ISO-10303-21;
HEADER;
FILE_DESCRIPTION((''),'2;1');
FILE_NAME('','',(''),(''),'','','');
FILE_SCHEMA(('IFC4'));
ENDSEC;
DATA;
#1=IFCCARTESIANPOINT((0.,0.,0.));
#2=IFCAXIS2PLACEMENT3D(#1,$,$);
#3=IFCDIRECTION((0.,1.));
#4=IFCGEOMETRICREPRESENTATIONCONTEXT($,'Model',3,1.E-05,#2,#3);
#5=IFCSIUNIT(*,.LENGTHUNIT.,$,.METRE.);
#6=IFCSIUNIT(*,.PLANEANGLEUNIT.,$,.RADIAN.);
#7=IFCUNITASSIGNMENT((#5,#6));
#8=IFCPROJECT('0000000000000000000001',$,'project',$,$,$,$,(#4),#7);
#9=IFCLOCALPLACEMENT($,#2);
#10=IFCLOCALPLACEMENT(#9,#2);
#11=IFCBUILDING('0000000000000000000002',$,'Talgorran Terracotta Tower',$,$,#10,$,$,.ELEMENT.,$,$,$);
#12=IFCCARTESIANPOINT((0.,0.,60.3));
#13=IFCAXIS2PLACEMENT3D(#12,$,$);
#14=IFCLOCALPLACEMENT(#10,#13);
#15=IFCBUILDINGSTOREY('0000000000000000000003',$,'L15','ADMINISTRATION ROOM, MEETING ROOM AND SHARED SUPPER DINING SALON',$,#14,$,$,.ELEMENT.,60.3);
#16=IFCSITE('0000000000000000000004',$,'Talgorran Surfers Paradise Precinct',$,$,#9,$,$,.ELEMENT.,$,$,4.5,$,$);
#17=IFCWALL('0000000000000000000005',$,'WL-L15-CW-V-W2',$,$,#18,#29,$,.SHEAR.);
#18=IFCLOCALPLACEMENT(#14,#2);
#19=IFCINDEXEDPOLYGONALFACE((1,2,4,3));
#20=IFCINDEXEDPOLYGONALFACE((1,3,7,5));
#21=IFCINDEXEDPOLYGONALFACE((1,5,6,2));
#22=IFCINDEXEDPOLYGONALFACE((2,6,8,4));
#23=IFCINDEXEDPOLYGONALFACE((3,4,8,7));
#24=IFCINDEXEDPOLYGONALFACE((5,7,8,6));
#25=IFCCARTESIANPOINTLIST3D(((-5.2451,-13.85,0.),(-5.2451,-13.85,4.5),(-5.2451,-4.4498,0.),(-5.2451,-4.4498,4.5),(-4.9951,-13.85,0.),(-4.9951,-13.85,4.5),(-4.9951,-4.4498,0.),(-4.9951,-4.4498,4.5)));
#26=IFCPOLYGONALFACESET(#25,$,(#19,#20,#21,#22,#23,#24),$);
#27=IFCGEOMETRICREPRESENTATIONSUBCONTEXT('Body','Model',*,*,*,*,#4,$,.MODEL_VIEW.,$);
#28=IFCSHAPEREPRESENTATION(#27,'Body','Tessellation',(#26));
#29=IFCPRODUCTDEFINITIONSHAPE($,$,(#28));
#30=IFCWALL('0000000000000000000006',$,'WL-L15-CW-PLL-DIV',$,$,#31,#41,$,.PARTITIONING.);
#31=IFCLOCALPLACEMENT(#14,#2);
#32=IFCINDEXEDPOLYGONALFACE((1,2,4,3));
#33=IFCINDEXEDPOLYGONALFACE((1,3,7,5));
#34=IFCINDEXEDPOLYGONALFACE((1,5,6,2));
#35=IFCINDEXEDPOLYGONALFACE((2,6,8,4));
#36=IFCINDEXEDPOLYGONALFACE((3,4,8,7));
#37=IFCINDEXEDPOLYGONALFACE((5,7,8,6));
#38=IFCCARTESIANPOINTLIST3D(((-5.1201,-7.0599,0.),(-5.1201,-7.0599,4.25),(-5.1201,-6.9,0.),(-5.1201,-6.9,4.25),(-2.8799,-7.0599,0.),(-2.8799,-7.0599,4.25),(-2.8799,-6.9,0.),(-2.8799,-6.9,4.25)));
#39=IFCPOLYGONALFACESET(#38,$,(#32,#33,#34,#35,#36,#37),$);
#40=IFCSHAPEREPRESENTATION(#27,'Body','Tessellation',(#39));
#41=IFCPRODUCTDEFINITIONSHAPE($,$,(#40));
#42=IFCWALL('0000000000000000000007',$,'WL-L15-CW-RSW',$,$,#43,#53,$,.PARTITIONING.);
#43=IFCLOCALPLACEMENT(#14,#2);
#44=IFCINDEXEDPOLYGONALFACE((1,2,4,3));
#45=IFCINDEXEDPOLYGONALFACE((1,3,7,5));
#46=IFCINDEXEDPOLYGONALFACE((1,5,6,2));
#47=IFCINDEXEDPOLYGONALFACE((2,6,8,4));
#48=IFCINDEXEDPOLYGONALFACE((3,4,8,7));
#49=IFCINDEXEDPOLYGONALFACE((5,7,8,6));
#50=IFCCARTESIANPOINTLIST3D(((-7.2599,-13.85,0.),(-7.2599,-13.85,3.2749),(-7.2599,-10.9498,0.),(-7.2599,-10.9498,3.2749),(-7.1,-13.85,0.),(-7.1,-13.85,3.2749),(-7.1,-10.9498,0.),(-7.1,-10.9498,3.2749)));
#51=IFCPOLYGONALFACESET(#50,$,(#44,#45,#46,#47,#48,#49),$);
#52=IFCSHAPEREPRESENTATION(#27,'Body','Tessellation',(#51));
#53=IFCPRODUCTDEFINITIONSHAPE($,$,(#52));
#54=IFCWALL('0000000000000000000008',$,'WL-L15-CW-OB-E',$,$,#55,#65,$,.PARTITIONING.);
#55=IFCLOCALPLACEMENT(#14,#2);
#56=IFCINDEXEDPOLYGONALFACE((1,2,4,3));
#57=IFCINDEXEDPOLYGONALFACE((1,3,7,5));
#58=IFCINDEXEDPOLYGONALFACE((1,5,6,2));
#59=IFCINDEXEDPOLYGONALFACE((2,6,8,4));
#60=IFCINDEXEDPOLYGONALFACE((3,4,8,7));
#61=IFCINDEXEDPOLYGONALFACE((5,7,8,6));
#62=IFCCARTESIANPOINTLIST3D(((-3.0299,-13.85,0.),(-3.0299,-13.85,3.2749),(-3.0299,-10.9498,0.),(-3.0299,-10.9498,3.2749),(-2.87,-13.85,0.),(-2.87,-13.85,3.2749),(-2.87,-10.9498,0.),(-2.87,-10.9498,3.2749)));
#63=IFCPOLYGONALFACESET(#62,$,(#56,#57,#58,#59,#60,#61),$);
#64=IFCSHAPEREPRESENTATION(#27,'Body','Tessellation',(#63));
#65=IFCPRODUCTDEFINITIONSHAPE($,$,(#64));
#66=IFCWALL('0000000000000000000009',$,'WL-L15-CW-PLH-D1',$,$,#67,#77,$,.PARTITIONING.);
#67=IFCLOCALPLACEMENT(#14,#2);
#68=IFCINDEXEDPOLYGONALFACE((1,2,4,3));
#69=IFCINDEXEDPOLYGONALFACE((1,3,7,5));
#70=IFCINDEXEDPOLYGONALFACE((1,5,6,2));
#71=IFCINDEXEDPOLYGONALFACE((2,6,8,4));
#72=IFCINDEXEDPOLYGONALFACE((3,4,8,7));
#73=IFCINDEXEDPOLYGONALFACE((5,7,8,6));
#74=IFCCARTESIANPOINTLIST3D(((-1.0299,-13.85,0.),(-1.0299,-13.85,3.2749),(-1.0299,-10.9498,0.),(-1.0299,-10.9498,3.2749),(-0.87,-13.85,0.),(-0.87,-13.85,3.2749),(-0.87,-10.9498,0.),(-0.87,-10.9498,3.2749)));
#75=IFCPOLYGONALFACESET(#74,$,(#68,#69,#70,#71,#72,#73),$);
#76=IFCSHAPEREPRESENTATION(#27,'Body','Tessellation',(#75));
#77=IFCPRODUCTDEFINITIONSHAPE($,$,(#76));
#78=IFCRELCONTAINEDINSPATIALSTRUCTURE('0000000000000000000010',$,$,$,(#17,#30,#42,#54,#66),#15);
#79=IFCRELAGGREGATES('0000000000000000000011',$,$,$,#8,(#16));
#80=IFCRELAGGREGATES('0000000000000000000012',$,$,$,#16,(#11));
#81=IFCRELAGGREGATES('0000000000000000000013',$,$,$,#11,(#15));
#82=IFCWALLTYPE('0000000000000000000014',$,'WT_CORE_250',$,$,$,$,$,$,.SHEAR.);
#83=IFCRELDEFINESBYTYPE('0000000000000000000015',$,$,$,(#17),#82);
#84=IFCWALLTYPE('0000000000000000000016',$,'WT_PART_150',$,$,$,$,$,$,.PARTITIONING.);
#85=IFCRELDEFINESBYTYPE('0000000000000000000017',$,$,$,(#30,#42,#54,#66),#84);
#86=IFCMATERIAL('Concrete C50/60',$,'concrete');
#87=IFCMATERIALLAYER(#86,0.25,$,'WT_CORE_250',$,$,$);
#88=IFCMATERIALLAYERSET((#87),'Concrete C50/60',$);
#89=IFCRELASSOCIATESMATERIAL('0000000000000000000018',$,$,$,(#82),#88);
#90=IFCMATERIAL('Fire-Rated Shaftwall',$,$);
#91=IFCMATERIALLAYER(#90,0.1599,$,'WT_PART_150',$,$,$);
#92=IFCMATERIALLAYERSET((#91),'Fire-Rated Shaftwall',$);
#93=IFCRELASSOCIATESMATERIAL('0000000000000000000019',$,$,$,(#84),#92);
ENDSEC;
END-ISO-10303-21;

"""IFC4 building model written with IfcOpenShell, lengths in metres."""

from ifc_helpers import new_model, si_unit, direction, frame, frame_2d, origin, place, context, subcontext, project, spatial, rectangle, extrude, material, layer, layer_set, type_object, element, save


model = new_model("IFC4")

# Units and contexts
model_context = context("Model", 3, precision=1e-05, world=origin(), true_north=direction((0.0, 1.0)))
body_context = subcontext(model_context, "Body", "Model", "MODEL_VIEW")
ifc_project = project(units=[si_unit("LENGTHUNIT", "METRE"), si_unit("PLANEANGLEUNIT", "RADIAN")], contexts=[model_context])

# Site, building, storey
site_placement = place(None, origin())
site = spatial("IfcSite", under=ifc_project, at=site_placement, Name="Talgorran Surfers Paradise Precinct", CompositionType="ELEMENT", RefElevation=4.5)
building_placement = place(site_placement, origin())
building = spatial("IfcBuilding", under=site, at=building_placement, Name="Talgorran Terracotta Tower", CompositionType="ELEMENT")
storey_placement = place(building_placement, frame((0.0, 0.0, 60.3)))
storey = spatial("IfcBuildingStorey", under=building, at=storey_placement, Name="L15", Description="ADMINISTRATION ROOM, MEETING ROOM AND SHARED SUPPER DINING SALON", CompositionType="ELEMENT", Elevation=60.3)

# Shared definitions
ifc_material_1 = material(Name="Concrete C50/60", Category="concrete")

# Walls
ifc_layer_1 = layer(ifc_material_1, 0.25, Name="WT_CORE_250")
ifc_layer_set_1 = layer_set([ifc_layer_1], Name="Concrete C50/60")
wall_type_1 = type_object("IfcWallType", Name="WT_CORE_250", PredefinedType="SHEAR", material=ifc_layer_set_1)
wall_1_placement = place(storey_placement, frame((-5.1201, -13.8501, 0.0), z_axis=(0.0, 0.0, 1.0), x_axis=(0.0, 1.0, 0.0)))
element("IfcWall", 1, at=wall_1_placement, inside=storey, type_object=wall_type_1, Name="WL-L15-CW-V-W2", PredefinedType="SHEAR", context=body_context, shape_type="SweptSolid", body=[
    extrude(rectangle(XDim=9.4001, YDim=0.25, at=frame_2d((4.7002, 0.0))), origin(), (0.0, 0.0, 1.0), 4.5),
])
ifc_material_2 = material(Name="Fire-Rated Shaftwall")
ifc_layer_2 = layer(ifc_material_2, 0.1599, Name="WT_PART_150")
ifc_layer_set_2 = layer_set([ifc_layer_2], Name="Fire-Rated Shaftwall")
wall_type_2 = type_object("IfcWallType", Name="WT_PART_150", PredefinedType="PARTITIONING", material=ifc_layer_set_2)
wall_2_placement = place(storey_placement, frame((-5.1201, -6.98, 0.0), z_axis=(0.0, 0.0, 1.0), x_axis=(1.0, 0.0, 0.0)))
element("IfcWall", 2, at=wall_2_placement, inside=storey, type_object=wall_type_2, Name="WL-L15-CW-PLL-DIV", PredefinedType="PARTITIONING", context=body_context, shape_type="SweptSolid", body=[
    extrude(rectangle(XDim=2.2402, YDim=0.1599, at=frame_2d((1.1201, 0.0))), origin(), (0.0, 0.0, 1.0), 4.25),
])
for number, where, z_axis, x_axis, name in (
    (3, (-7.1799, -13.8501, 0.0), (0.0, 0.0, 1.0), (0.0, 1.0, 0.0), "WL-L15-CW-RSW"),
    (4, (-2.95, -13.8501, 0.0), (0.0, 0.0, 1.0), (0.0, 1.0, 0.0), "WL-L15-CW-OB-E"),
    (5, (-0.95, -13.8501, 0.0), (0.0, 0.0, 1.0), (0.0, 1.0, 0.0), "WL-L15-CW-PLH-D1"),
):
    element("IfcWall", number, at=place(storey_placement, frame(where, z_axis=z_axis, x_axis=x_axis)), inside=storey, type_object=wall_type_2, Name=name, PredefinedType="PARTITIONING", context=body_context, shape_type="SweptSolid", body=[
        extrude(rectangle(XDim=2.9001, YDim=0.1599, at=frame_2d((1.4502, 0.0))), origin(), (0.0, 0.0, 1.0), 3.2749),
    ])

save(model, "model.ifc")
